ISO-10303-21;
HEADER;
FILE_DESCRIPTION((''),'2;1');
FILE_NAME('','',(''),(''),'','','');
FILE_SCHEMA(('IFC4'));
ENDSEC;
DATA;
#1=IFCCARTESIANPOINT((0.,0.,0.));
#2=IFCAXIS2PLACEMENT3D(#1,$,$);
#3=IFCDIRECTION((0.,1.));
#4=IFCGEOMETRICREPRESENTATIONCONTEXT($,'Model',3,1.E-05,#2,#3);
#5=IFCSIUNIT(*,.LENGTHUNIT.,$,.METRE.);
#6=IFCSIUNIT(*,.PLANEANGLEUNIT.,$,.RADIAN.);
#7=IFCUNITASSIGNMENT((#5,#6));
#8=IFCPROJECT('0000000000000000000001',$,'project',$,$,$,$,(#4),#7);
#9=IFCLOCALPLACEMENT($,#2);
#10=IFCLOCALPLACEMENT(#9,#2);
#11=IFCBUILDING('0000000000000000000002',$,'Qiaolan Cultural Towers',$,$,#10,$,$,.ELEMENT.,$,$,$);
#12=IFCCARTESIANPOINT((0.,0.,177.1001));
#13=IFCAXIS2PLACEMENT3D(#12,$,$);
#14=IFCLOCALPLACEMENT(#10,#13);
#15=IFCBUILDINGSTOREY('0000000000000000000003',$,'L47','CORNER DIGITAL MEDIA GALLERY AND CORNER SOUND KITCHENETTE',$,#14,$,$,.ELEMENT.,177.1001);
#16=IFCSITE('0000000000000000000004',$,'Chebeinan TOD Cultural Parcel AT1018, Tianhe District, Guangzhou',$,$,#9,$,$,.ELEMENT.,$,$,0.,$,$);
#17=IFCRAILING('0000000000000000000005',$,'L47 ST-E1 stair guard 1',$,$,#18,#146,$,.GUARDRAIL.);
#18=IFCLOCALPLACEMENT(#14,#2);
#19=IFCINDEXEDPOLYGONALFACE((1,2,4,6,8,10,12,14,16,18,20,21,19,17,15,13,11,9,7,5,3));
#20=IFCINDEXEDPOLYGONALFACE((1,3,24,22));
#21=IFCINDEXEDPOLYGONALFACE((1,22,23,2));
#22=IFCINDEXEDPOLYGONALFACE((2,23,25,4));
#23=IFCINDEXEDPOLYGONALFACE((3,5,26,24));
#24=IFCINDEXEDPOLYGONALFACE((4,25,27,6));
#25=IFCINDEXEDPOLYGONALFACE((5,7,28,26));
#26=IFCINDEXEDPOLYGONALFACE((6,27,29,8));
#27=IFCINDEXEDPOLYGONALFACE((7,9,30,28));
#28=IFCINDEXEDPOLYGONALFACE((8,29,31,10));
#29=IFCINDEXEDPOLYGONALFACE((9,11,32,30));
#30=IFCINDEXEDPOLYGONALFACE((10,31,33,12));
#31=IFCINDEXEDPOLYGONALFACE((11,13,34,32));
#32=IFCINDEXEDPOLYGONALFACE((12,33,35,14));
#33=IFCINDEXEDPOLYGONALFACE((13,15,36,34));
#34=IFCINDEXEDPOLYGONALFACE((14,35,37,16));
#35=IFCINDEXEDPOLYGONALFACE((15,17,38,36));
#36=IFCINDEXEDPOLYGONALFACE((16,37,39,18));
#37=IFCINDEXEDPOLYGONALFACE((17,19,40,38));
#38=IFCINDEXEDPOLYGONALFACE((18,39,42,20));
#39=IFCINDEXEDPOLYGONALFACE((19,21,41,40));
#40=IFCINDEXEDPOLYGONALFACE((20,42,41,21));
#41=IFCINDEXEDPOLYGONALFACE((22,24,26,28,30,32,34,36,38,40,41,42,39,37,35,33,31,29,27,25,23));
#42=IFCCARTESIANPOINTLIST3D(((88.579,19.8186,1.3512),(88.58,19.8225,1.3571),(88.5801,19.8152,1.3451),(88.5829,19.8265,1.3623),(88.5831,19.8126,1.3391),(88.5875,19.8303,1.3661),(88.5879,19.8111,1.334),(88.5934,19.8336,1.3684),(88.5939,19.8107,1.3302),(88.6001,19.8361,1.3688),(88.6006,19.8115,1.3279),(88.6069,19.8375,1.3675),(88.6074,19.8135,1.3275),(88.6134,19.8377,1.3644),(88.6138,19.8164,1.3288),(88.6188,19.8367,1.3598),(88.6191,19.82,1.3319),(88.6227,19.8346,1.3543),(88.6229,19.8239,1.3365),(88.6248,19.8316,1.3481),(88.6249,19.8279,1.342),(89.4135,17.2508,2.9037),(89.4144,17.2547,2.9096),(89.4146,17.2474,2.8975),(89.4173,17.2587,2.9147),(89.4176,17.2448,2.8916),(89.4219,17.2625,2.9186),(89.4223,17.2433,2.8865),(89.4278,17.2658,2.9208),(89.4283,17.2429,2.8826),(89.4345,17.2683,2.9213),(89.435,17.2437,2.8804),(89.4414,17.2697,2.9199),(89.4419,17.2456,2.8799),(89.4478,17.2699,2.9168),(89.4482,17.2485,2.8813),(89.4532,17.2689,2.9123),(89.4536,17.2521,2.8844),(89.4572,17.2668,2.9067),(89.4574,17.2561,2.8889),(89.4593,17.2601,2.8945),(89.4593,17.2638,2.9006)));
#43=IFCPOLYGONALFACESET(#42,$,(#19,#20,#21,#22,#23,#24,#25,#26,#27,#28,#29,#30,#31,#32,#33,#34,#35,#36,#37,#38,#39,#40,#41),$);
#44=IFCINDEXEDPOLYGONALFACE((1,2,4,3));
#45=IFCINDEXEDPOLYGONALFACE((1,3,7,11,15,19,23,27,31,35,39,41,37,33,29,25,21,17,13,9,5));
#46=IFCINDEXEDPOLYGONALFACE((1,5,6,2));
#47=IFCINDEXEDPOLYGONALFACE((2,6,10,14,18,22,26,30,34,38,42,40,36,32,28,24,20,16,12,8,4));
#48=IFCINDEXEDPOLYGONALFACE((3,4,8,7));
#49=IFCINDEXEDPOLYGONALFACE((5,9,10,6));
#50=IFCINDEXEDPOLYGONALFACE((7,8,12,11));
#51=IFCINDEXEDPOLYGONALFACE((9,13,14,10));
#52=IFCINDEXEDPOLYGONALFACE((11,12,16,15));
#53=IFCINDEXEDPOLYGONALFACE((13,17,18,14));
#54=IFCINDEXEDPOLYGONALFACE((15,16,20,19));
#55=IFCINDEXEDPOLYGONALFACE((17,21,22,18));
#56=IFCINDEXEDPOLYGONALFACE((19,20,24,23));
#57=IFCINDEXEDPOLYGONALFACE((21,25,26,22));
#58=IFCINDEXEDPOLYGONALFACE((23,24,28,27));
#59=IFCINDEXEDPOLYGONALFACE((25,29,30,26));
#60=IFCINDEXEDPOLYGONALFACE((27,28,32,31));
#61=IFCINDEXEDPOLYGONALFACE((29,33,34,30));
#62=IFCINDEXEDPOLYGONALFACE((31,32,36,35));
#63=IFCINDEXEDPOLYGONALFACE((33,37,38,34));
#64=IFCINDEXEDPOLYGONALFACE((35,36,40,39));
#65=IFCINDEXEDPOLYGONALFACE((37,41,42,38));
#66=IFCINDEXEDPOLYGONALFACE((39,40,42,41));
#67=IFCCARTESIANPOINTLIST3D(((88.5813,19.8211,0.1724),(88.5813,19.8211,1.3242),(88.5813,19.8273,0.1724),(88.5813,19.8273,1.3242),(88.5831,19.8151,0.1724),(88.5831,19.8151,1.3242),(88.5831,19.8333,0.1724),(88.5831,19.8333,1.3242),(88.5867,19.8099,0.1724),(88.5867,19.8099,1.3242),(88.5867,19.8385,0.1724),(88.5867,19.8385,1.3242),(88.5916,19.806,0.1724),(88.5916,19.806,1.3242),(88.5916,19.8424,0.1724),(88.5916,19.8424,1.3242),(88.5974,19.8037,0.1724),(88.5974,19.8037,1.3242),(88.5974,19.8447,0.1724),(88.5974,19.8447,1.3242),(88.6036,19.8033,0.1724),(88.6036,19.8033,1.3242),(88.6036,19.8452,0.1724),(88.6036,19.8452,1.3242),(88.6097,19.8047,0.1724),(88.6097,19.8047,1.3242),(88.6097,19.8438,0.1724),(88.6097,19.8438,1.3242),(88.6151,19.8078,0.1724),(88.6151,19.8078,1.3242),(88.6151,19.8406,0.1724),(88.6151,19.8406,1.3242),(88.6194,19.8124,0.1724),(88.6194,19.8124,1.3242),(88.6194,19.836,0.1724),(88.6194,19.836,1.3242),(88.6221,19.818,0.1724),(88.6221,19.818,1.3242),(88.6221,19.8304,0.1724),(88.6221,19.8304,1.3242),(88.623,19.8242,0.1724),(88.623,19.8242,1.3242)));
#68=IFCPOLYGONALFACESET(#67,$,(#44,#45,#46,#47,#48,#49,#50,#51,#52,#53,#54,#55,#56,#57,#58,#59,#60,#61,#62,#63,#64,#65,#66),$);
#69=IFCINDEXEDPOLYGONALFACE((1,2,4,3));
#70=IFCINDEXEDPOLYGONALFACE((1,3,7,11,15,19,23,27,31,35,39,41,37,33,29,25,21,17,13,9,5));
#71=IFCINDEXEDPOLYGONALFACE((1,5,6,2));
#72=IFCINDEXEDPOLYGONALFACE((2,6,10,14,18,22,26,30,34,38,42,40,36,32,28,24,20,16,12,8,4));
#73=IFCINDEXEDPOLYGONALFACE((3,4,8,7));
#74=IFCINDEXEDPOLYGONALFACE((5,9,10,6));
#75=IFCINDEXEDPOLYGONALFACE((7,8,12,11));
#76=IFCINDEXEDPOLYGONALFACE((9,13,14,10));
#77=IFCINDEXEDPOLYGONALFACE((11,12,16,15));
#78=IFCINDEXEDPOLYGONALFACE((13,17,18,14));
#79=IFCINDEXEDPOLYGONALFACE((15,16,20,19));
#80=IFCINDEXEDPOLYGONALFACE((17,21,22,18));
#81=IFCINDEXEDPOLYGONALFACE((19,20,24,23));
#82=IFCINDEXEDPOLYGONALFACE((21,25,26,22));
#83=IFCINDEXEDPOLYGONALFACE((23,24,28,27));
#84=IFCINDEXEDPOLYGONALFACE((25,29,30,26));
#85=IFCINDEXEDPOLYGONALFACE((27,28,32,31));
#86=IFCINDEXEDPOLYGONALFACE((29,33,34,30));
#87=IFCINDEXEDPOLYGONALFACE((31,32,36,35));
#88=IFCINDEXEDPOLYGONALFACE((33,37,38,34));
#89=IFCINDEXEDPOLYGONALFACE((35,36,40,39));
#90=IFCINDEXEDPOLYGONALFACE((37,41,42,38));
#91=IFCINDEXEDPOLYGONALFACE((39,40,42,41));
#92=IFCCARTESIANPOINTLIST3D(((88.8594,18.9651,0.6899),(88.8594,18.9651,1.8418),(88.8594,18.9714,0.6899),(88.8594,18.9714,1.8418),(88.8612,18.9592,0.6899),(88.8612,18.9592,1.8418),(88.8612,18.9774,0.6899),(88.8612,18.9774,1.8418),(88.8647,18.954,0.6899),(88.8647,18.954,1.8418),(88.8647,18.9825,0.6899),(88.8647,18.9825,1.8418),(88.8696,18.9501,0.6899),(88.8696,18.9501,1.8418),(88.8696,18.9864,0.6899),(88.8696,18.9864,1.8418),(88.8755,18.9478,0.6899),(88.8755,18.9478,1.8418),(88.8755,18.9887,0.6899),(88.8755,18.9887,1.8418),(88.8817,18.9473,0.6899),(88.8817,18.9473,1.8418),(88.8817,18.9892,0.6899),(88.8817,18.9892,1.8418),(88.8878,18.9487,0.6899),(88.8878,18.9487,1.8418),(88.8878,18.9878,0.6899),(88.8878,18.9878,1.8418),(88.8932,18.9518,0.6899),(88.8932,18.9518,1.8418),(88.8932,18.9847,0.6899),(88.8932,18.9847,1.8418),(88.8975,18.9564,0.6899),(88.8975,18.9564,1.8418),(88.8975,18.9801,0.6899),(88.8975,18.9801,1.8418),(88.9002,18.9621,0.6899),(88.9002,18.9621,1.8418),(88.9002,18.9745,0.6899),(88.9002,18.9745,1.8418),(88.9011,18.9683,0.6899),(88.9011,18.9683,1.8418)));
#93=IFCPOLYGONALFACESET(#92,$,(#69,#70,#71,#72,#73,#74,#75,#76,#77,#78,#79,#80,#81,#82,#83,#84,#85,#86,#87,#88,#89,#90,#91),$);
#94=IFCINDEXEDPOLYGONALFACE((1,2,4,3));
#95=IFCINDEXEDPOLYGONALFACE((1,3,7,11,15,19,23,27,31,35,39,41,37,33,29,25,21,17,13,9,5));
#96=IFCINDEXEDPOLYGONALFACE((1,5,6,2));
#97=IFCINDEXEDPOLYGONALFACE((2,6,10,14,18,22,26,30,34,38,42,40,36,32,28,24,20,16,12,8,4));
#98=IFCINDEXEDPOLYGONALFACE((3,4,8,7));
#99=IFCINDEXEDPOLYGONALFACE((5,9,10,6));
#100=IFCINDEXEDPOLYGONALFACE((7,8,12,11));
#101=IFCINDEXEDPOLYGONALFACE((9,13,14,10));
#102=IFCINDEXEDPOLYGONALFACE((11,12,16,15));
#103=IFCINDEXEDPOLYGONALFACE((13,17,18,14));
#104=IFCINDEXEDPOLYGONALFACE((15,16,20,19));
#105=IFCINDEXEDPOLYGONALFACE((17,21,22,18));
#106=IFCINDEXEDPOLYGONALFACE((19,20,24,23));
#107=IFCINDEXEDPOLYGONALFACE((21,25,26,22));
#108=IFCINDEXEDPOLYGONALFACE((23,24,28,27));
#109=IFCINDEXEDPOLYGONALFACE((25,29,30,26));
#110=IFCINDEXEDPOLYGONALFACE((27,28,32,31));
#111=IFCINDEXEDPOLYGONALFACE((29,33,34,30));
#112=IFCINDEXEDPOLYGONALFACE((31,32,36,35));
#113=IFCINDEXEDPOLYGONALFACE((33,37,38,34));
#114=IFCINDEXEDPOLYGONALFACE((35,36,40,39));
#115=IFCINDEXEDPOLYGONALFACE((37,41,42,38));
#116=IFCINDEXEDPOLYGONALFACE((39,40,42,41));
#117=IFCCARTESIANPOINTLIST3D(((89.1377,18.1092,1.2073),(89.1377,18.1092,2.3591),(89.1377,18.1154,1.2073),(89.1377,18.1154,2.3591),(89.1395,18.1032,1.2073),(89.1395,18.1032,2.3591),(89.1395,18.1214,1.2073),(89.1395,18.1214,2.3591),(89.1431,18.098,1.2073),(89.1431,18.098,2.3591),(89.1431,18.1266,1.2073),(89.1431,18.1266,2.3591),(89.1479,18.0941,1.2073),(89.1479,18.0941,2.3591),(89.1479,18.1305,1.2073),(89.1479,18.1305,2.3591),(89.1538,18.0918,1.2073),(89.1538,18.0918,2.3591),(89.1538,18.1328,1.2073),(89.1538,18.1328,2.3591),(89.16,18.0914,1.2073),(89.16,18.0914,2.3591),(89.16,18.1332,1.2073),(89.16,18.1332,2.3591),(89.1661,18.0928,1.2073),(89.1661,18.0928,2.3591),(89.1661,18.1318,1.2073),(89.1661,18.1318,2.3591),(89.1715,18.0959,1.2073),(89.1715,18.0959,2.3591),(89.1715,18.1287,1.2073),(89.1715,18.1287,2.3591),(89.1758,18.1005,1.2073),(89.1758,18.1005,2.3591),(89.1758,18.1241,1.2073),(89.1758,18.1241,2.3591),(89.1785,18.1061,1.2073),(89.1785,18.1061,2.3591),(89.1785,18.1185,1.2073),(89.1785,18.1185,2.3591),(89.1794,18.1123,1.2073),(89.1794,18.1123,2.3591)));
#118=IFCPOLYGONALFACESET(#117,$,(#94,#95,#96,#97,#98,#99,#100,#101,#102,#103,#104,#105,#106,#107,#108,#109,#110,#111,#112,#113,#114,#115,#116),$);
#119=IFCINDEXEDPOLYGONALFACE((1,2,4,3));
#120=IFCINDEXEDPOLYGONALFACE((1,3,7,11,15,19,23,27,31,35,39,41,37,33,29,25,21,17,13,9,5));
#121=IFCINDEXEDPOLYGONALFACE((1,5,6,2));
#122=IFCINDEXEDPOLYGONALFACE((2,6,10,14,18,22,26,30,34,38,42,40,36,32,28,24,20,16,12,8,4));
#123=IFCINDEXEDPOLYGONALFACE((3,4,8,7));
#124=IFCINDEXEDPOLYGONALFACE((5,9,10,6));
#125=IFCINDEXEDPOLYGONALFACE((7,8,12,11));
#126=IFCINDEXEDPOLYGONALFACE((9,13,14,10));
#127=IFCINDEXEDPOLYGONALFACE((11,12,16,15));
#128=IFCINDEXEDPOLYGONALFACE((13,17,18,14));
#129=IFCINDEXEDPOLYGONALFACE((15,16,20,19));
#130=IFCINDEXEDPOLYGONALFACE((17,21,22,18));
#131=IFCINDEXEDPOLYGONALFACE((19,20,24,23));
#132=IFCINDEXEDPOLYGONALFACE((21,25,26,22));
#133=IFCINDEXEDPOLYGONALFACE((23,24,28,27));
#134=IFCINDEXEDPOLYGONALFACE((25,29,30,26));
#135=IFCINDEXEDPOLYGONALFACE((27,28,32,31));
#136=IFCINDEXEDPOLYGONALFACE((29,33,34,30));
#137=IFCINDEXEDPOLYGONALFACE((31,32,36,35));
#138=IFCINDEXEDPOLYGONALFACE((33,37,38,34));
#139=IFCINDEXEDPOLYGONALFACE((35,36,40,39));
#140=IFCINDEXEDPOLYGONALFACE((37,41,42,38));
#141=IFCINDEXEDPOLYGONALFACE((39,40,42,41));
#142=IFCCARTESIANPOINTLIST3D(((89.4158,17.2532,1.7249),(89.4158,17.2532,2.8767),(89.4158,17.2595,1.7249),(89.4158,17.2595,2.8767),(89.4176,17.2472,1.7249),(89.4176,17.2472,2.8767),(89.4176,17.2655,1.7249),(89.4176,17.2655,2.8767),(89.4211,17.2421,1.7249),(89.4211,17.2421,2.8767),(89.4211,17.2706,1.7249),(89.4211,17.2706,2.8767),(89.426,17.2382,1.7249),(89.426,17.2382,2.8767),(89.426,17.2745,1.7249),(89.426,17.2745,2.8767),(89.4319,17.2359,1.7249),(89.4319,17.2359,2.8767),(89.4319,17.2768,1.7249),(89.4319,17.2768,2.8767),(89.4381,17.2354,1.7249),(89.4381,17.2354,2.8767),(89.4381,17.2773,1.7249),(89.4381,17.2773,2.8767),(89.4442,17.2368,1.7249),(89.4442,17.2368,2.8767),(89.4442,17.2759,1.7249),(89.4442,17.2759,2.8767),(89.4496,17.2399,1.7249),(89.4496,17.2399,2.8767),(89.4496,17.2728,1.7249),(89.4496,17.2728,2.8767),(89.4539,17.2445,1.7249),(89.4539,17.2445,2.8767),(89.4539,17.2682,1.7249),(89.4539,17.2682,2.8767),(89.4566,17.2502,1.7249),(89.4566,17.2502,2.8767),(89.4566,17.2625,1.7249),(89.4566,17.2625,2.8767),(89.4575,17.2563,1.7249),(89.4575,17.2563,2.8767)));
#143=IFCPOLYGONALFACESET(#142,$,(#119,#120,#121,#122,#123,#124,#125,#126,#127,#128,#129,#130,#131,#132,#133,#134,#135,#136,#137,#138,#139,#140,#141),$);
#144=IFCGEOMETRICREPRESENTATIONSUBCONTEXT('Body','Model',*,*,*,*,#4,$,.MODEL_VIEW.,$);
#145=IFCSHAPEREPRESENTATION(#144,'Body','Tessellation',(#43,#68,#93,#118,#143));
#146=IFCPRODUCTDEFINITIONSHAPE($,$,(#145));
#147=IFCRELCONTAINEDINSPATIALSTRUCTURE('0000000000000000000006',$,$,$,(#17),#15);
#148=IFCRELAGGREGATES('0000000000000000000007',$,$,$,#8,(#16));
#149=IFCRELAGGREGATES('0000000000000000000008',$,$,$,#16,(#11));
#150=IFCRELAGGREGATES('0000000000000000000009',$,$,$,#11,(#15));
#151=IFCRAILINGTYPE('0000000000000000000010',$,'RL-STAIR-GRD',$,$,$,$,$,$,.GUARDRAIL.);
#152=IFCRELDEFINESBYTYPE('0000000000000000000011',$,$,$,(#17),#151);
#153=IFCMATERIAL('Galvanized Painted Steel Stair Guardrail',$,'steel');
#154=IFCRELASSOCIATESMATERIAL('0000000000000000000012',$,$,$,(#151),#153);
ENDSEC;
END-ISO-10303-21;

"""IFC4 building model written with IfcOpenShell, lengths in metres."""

from ifc_helpers import new_model, si_unit, direction, frame, origin, origin_2d, place, context, subcontext, project, spatial, circle, extrude, material, type_object, element, save


model = new_model("IFC4")

# Units and contexts
model_context = context("Model", 3, precision=1e-05, world=origin(), true_north=direction((0.0, 1.0)))
body_context = subcontext(model_context, "Body", "Model", "MODEL_VIEW")
ifc_project = project(units=[si_unit("LENGTHUNIT", "METRE"), si_unit("PLANEANGLEUNIT", "RADIAN")], contexts=[model_context])

# Site, building, storey
site_placement = place(None, origin())
site = spatial("IfcSite", under=ifc_project, at=site_placement, Name="Chebeinan TOD Cultural Parcel AT1018, Tianhe District, Guangzhou", CompositionType="ELEMENT", RefElevation=0.0)
building_placement = place(site_placement, origin())
building = spatial("IfcBuilding", under=site, at=building_placement, Name="Qiaolan Cultural Towers", CompositionType="ELEMENT")
storey_placement = place(building_placement, frame((0.0, 0.0, 177.1001)))
storey = spatial("IfcBuildingStorey", under=building, at=storey_placement, Name="L47", Description="CORNER DIGITAL MEDIA GALLERY AND CORNER SOUND KITCHENETTE", CompositionType="ELEMENT", Elevation=177.1001)

# Railing
ifc_material_1 = material(Name="Galvanized Painted Steel Stair Guardrail", Category="steel")
railing_type_1 = type_object("IfcRailingType", Name="RL-STAIR-GRD", PredefinedType="GUARDRAIL", material=ifc_material_1)
railing_1_placement = place(storey_placement, frame((88.6021, 19.8242, 0.1724)))
element("IfcRailing", 1, at=railing_1_placement, inside=storey, type_object=railing_type_1, Name="L47 ST-E1 stair guard 1", PredefinedType="GUARDRAIL", context=body_context, shape_type="SweptSolid", body=[
    extrude(circle(Radius=0.0239, at=origin_2d()), frame((0.0, 0.0, 1.1758), z_axis=(0.267926, -0.824471, 0.498461), x_axis=(0.951043, 0.309057, 0.0)), (0.0, 0.0, 1.0), 3.1145),
    extrude(circle(Radius=0.021, at=origin_2d()), origin(), (0.0, 0.0, 1.0), 1.1519),
    extrude(circle(Radius=0.021, at=origin_2d()), frame((0.2781, -0.856, 0.5176)), (0.0, 0.0, 1.0), 1.1519),
    extrude(circle(Radius=0.021, at=origin_2d()), frame((0.5564, -1.7119, 1.0349)), (0.0, 0.0, 1.0), 1.1519),
    extrude(circle(Radius=0.021, at=origin_2d()), frame((0.8345, -2.5679, 1.5525)), (0.0, 0.0, 1.0), 1.1519),
])

save(model, "model.ifc")
